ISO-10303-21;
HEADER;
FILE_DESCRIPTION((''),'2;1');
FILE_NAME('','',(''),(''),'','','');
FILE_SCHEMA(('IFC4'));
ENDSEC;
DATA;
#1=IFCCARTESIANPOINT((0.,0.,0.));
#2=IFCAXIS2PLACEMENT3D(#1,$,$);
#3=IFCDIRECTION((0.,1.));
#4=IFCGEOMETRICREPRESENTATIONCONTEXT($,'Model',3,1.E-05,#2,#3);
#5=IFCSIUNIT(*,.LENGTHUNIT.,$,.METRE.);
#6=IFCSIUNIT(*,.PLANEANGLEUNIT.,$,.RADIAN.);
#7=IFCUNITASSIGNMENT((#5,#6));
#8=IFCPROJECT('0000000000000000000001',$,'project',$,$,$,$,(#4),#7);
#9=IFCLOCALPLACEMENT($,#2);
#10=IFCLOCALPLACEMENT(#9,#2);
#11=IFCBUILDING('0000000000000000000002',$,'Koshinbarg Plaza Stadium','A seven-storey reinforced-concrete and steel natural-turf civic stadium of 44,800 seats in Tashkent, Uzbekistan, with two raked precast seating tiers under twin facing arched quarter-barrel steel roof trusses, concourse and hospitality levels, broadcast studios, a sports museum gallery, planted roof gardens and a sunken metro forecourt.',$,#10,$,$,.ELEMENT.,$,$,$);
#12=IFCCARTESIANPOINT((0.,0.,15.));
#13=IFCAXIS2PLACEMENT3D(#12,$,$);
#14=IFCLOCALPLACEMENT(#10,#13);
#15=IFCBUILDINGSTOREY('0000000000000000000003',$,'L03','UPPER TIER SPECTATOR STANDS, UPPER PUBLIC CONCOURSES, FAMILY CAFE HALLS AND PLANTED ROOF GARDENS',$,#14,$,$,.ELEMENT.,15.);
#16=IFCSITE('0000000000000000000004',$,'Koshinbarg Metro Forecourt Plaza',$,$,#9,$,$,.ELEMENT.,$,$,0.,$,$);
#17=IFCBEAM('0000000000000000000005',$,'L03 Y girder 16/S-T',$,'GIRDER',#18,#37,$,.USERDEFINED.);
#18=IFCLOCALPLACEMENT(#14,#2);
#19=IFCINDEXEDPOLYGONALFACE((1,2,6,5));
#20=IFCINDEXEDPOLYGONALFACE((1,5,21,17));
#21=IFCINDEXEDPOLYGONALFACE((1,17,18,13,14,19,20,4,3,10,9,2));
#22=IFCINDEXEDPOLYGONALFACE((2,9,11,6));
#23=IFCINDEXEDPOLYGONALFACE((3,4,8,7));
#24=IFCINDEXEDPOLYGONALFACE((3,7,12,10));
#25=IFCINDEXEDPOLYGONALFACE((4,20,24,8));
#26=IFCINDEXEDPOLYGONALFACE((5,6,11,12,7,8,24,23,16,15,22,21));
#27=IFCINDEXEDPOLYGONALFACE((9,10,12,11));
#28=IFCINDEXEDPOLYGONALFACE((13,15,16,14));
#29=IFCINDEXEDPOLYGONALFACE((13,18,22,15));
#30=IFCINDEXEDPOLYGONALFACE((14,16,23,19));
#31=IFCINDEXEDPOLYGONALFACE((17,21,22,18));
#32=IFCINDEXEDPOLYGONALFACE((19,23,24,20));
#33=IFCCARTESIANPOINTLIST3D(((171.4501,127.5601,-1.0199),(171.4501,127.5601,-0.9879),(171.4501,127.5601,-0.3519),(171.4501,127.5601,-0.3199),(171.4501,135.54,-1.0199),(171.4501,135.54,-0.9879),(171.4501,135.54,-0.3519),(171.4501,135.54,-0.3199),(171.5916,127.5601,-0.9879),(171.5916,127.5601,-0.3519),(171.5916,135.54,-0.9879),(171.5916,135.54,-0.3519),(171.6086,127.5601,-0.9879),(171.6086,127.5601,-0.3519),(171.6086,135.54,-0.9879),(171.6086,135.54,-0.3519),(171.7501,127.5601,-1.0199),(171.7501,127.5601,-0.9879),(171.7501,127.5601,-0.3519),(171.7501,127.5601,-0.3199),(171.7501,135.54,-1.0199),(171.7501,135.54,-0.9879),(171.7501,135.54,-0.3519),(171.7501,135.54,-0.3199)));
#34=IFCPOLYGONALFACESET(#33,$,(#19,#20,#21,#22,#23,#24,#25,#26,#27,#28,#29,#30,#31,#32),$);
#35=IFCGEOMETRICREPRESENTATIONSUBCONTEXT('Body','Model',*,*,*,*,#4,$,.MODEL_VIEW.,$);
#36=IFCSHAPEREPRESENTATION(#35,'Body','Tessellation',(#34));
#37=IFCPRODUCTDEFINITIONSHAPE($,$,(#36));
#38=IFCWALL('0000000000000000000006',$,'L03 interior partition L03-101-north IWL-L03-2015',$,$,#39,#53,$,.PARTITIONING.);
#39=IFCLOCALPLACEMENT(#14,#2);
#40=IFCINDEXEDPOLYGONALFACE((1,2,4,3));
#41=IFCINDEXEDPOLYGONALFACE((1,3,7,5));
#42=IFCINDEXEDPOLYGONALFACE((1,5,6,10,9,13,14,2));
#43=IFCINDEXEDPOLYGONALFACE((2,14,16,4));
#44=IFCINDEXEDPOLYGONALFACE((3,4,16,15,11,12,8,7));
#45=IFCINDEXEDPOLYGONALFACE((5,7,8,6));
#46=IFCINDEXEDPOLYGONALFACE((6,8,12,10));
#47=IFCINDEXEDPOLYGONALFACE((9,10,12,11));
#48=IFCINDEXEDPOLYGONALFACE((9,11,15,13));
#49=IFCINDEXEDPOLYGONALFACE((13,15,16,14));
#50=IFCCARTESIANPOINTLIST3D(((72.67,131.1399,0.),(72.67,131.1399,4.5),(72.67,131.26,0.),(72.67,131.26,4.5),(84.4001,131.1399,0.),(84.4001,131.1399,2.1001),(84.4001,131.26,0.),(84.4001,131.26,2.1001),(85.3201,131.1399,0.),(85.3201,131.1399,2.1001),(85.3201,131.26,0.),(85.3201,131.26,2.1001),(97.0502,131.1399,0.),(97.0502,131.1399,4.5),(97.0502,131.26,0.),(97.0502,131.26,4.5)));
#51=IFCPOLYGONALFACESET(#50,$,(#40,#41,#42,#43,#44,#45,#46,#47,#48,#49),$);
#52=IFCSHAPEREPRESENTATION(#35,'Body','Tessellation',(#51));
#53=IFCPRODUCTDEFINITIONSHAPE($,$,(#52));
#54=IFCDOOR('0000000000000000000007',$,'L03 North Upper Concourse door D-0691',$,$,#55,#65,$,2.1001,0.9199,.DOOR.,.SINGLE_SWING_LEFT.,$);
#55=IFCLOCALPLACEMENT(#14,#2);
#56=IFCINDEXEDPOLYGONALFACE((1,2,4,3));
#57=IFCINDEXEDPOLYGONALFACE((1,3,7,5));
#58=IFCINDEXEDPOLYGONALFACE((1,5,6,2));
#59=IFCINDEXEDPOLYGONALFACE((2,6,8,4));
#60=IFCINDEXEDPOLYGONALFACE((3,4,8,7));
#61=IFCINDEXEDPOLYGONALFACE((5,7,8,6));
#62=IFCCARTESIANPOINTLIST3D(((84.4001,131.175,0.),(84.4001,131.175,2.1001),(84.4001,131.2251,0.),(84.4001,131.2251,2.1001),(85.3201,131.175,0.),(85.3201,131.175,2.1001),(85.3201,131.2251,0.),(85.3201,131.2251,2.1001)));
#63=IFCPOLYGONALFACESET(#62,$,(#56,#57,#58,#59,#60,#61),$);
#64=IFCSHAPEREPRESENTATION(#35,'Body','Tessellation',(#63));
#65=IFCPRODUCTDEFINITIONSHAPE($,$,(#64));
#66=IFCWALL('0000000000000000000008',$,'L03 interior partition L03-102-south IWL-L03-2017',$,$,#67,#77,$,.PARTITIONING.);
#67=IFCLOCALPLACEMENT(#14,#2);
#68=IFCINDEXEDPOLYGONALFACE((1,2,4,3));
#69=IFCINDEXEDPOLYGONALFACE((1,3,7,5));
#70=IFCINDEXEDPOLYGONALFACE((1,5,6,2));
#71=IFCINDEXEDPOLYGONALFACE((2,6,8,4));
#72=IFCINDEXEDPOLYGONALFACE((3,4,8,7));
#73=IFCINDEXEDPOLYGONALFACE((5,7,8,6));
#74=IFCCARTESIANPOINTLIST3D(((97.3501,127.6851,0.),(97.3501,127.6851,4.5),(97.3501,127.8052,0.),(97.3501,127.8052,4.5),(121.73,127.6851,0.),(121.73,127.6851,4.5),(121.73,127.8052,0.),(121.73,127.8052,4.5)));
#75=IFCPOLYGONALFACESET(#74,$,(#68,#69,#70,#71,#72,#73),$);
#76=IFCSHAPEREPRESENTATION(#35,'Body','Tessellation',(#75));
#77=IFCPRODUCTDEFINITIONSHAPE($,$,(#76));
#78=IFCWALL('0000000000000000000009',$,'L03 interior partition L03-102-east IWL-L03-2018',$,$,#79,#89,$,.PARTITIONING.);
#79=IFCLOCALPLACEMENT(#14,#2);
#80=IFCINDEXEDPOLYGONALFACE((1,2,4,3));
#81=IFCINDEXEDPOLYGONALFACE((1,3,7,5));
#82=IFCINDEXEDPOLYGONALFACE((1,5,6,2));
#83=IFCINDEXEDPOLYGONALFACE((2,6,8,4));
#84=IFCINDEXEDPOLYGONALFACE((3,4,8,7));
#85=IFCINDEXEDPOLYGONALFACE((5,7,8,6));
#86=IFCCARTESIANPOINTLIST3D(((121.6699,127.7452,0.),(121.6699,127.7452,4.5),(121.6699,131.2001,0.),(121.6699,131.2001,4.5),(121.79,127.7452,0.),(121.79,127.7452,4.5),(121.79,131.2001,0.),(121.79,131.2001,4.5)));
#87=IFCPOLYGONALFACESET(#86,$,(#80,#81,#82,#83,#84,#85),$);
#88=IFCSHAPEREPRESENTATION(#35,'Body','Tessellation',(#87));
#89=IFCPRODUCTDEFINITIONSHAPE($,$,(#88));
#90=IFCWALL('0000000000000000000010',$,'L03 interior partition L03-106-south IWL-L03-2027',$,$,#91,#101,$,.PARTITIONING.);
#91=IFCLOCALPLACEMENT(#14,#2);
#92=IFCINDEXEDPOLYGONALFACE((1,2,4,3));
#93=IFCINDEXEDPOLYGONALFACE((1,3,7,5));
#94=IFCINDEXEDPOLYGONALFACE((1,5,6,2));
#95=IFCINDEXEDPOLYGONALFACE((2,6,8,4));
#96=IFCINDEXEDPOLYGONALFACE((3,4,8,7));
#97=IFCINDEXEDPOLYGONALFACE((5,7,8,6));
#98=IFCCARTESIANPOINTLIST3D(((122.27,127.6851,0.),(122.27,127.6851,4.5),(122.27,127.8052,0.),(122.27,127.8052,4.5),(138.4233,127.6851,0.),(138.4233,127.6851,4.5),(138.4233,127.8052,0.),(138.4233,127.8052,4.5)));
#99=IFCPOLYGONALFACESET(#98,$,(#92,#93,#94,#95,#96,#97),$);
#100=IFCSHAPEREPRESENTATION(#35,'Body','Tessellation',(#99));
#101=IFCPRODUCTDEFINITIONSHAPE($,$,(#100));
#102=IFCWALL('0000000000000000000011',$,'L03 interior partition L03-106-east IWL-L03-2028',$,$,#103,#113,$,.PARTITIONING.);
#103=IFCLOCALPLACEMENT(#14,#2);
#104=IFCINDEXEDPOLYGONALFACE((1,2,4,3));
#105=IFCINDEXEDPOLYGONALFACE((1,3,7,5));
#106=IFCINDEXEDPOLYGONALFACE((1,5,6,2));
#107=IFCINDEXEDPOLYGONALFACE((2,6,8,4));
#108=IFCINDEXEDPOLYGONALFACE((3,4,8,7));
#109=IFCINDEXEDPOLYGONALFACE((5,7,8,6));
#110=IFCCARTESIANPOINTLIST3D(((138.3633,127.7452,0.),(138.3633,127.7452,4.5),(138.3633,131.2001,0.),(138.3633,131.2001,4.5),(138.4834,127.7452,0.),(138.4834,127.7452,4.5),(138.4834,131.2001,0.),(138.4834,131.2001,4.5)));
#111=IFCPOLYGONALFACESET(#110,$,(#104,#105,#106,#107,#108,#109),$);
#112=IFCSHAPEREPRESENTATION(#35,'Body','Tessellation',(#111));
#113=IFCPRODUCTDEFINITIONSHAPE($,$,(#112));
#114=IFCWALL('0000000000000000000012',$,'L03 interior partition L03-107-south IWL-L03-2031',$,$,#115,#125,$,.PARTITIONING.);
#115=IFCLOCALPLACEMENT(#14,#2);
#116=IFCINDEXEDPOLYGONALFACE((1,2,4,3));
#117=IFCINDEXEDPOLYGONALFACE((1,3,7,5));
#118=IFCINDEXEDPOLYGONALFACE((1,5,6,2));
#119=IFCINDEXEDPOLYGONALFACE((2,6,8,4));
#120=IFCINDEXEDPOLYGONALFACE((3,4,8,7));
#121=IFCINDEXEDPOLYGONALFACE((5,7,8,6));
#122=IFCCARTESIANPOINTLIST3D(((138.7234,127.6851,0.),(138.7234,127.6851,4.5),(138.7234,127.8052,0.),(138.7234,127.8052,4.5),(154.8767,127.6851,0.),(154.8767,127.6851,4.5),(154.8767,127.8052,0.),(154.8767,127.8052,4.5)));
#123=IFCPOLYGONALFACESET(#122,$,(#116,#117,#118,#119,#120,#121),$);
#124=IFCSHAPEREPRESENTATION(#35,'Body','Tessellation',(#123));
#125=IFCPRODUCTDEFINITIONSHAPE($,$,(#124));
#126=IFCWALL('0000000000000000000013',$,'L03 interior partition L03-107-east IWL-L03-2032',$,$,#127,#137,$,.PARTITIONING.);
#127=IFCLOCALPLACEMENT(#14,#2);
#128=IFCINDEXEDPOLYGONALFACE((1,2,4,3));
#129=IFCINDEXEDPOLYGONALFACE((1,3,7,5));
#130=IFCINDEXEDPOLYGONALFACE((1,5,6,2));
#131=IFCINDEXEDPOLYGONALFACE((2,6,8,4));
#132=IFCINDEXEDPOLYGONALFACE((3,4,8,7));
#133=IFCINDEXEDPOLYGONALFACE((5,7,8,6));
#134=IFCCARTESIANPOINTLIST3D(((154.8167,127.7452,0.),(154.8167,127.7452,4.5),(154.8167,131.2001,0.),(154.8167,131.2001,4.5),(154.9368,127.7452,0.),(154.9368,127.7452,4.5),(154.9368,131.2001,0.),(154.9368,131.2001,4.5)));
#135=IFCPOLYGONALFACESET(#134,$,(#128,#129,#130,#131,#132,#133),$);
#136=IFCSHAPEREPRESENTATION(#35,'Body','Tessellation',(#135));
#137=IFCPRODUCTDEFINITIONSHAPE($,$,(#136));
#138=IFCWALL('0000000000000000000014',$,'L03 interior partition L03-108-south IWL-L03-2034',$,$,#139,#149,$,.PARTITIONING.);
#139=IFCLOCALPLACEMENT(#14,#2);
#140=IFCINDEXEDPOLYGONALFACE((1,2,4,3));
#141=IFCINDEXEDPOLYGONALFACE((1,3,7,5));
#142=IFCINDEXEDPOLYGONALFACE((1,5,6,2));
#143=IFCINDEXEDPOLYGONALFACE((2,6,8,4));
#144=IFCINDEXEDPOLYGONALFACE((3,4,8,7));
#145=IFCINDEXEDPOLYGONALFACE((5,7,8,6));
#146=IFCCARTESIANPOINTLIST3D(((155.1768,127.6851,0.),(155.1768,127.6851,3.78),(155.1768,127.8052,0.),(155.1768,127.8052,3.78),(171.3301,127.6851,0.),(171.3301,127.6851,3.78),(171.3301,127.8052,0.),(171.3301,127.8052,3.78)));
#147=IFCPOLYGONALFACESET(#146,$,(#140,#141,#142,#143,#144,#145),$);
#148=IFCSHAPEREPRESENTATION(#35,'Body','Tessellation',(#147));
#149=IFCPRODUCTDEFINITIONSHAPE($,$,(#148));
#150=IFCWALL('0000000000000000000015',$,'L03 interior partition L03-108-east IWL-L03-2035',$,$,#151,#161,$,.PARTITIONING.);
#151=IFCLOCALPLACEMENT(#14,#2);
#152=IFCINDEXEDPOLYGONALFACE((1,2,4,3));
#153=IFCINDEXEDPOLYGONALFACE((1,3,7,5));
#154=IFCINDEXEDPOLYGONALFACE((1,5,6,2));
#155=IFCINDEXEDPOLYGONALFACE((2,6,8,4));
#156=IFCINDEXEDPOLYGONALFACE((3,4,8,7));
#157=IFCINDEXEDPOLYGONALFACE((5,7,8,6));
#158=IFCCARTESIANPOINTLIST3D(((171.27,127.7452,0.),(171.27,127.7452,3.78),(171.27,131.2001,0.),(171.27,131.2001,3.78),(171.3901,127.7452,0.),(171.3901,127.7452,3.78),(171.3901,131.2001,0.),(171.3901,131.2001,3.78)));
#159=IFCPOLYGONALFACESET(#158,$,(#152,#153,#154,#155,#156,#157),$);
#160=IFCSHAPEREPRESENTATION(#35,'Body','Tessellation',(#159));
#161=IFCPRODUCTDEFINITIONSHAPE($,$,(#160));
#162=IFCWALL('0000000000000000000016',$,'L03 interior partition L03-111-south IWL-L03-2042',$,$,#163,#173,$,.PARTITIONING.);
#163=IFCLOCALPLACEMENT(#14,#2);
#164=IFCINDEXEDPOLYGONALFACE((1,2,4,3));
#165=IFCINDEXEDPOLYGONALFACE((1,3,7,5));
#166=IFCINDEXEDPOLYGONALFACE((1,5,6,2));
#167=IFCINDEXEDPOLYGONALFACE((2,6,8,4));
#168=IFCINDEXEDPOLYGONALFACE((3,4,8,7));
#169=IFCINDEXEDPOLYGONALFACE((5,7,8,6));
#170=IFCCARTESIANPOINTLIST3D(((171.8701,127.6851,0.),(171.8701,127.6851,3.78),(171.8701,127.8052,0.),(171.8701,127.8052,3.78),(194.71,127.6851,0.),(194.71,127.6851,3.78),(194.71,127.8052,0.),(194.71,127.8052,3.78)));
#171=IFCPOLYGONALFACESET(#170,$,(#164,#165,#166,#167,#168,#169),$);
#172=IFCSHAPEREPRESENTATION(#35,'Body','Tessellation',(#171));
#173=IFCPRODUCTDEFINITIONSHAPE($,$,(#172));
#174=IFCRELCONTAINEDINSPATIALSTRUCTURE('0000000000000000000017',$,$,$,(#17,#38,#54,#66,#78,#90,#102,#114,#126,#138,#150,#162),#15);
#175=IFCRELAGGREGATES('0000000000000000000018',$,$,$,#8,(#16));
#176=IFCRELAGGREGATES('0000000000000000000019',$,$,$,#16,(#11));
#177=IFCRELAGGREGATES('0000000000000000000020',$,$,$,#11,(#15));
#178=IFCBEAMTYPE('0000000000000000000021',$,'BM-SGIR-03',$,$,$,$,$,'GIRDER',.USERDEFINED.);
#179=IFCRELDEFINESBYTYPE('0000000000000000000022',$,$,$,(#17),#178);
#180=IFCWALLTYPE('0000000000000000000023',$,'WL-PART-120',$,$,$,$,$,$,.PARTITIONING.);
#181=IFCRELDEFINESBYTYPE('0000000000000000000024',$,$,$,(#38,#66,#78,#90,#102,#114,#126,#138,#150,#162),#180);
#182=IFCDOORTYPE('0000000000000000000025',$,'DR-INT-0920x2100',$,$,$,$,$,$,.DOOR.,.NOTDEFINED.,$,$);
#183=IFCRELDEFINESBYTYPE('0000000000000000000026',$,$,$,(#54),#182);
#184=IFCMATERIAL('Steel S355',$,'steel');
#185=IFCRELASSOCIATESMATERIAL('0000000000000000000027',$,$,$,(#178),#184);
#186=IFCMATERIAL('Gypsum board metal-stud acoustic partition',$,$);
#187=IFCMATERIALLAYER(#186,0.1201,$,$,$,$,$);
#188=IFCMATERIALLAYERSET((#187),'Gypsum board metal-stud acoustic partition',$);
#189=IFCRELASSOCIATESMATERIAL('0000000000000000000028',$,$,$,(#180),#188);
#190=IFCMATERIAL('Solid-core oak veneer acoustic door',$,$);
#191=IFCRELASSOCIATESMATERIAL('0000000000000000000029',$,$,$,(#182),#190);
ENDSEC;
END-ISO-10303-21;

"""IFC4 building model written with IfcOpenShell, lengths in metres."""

from ifc_helpers import new_model, si_unit, direction, frame, frame_2d, origin, origin_2d, place, context, subcontext, project, spatial, rectangle, i_section, extrude, material, layer, layer_set, material_profile, profile_set, type_object, element, fill, save


model = new_model("IFC4")

# Units and contexts
model_context = context("Model", 3, precision=1e-05, world=origin(), true_north=direction((0.0, 1.0)))
body_context = subcontext(model_context, "Body", "Model", "MODEL_VIEW")
ifc_project = project(units=[si_unit("LENGTHUNIT", "METRE"), si_unit("PLANEANGLEUNIT", "RADIAN")], contexts=[model_context])

# Site, building, storey
site_placement = place(None, origin())
site = spatial("IfcSite", under=ifc_project, at=site_placement, Name="Koshinbarg Metro Forecourt Plaza", CompositionType="ELEMENT", RefElevation=0.0)
building_placement = place(site_placement, origin())
building = spatial("IfcBuilding", under=site, at=building_placement, Name="Koshinbarg Plaza Stadium", Description="A seven-storey reinforced-concrete and steel natural-turf civic stadium of 44,800 seats in Tashkent, Uzbekistan, with two raked precast seating tiers under twin facing arched quarter-barrel steel roof trusses, concourse and hospitality levels, broadcast studios, a sports museum gallery, planted roof gardens and a sunken metro forecourt.", CompositionType="ELEMENT")
storey_placement = place(building_placement, frame((0.0, 0.0, 15.0)))
storey = spatial("IfcBuildingStorey", under=building, at=storey_placement, Name="L03", Description="UPPER TIER SPECTATOR STANDS, UPPER PUBLIC CONCOURSES, FAMILY CAFE HALLS AND PLANTED ROOF GARDENS", CompositionType="ELEMENT", Elevation=15.0)

# Beam
ifc_material_1 = material(Name="Steel S355", Category="steel")
ifc_material_profile_1 = material_profile(ifc_material_1, i_section(OverallWidth=0.3, OverallDepth=0.7, WebThickness=0.0171, FlangeThickness=0.032, at=origin_2d()), Name="HEB 700")
ifc_profile_set_1 = profile_set([ifc_material_profile_1], Name="Steel S355")
beam_type_1 = type_object("IfcBeamType", Name="BM-SGIR-03", ElementType="GIRDER", PredefinedType="USERDEFINED", material=ifc_profile_set_1)
beam_1_placement = place(storey_placement, frame((171.6001, 127.5601, -0.6699), z_axis=(0.0, 1.0, 0.0), x_axis=(-1.0, 0.0, 0.0)))
element("IfcBeam", 1, at=beam_1_placement, inside=storey, type_object=beam_type_1, Name="L03 Y girder 16/S-T", ObjectType="GIRDER", PredefinedType="USERDEFINED", context=body_context, shape_type="SweptSolid", body=[
    extrude(i_section(OverallWidth=0.3, OverallDepth=0.7, WebThickness=0.0171, FlangeThickness=0.032, at=origin_2d()), origin(), (0.0, 0.0, 1.0), 7.98),
])

# Wall, opening, door
ifc_material_2 = material(Name="Gypsum board metal-stud acoustic partition")
ifc_layer = layer(ifc_material_2, 0.1201)
ifc_layer_set = layer_set([ifc_layer], Name="Gypsum board metal-stud acoustic partition")
wall_type = type_object("IfcWallType", Name="WL-PART-120", PredefinedType="PARTITIONING", material=ifc_layer_set)
wall_1_placement = place(storey_placement, frame((97.05, 131.2, 0.0), z_axis=(0.0, 0.0, 1.0), x_axis=(-1.0, 0.0, 0.0)))
wall_1 = element("IfcWall", 2, at=wall_1_placement, inside=storey, type_object=wall_type, Name="L03 interior partition L03-101-north IWL-L03-2015", PredefinedType="PARTITIONING", context=body_context, shape_type="SweptSolid", body=[
    extrude(rectangle(XDim=24.3801, YDim=0.1201, at=frame_2d((12.1899, 0.0))), origin(), (0.0, 0.0, 1.0), 4.5),
])
opening_placement = place(wall_1_placement, frame((11.73, 0.0, 0.0)))
opening = element("IfcOpeningElement", 3, at=opening_placement, cuts=wall_1, PredefinedType="OPENING", context=body_context, shape_type="SweptSolid", body=[
    extrude(rectangle(XDim=0.9199, YDim=2.1001, at=frame_2d((0.46, 1.05))), frame((0.0, 0.0701, 0.0), z_axis=(0.0, -1.0, 0.0), x_axis=(1.0, 0.0, 0.0)), (0.0, 0.0, 1.0), 0.1401),
])
ifc_material_3 = material(Name="Solid-core oak veneer acoustic door")
door_type = type_object("IfcDoorType", Name="DR-INT-0920x2100", OperationType="NOTDEFINED", PredefinedType="DOOR", material=ifc_material_3)
door_placement = place(opening_placement, origin())
door = element("IfcDoor", 4, at=door_placement, inside=storey, type_object=door_type, Name="L03 North Upper Concourse door D-0691", OperationType="SINGLE_SWING_LEFT", OverallHeight=2.1001, OverallWidth=0.9199, PredefinedType="DOOR", context=body_context, shape_type="SweptSolid", body=[
    extrude(rectangle(XDim=0.9199, YDim=2.1001, at=frame_2d((0.46, 1.05))), frame((0.0, 0.0249, 0.0), z_axis=(0.0, -1.0, 0.0), x_axis=(1.0, 0.0, 0.0)), (0.0, 0.0, 1.0), 0.05),
])
fill(opening, door)

# Walls
wall_2_placement = place(storey_placement, frame((97.3501, 127.7451, 0.0), z_axis=(0.0, 0.0, 1.0), x_axis=(1.0, 0.0, 0.0)))
element("IfcWall", 5, at=wall_2_placement, inside=storey, type_object=wall_type, Name="L03 interior partition L03-102-south IWL-L03-2017", PredefinedType="PARTITIONING", context=body_context, shape_type="SweptSolid", body=[
    extrude(rectangle(XDim=24.3799, YDim=0.1201, at=frame_2d((12.1899, 0.0))), origin(), (0.0, 0.0, 1.0), 4.5),
])
wall_3_placement = place(storey_placement, frame((121.73, 127.7451, 0.0), z_axis=(0.0, 0.0, 1.0), x_axis=(0.0, 1.0, 0.0)))
element("IfcWall", 6, at=wall_3_placement, inside=storey, type_object=wall_type, Name="L03 interior partition L03-102-east IWL-L03-2018", PredefinedType="PARTITIONING", context=body_context, shape_type="SweptSolid", body=[
    extrude(rectangle(XDim=3.4548, YDim=0.1201, at=frame_2d((1.7275, 0.0))), origin(), (0.0, 0.0, 1.0), 4.5),
])
wall_4_placement = place(storey_placement, frame((122.27, 127.7451, 0.0), z_axis=(0.0, 0.0, 1.0), x_axis=(1.0, 0.0, 0.0)))
element("IfcWall", 7, at=wall_4_placement, inside=storey, type_object=wall_type, Name="L03 interior partition L03-106-south IWL-L03-2027", PredefinedType="PARTITIONING", context=body_context, shape_type="SweptSolid", body=[
    extrude(rectangle(XDim=16.1533, YDim=0.1201, at=frame_2d((8.0767, 0.0))), origin(), (0.0, 0.0, 1.0), 4.5),
])
wall_5_placement = place(storey_placement, frame((138.4233, 127.7451, 0.0), z_axis=(0.0, 0.0, 1.0), x_axis=(0.0, 1.0, 0.0)))
element("IfcWall", 8, at=wall_5_placement, inside=storey, type_object=wall_type, Name="L03 interior partition L03-106-east IWL-L03-2028", PredefinedType="PARTITIONING", context=body_context, shape_type="SweptSolid", body=[
    extrude(rectangle(XDim=3.4548, YDim=0.1201, at=frame_2d((1.7275, 0.0))), origin(), (0.0, 0.0, 1.0), 4.5),
])
wall_6_placement = place(storey_placement, frame((138.7234, 127.7451, 0.0), z_axis=(0.0, 0.0, 1.0), x_axis=(1.0, 0.0, 0.0)))
element("IfcWall", 9, at=wall_6_placement, inside=storey, type_object=wall_type, Name="L03 interior partition L03-107-south IWL-L03-2031", PredefinedType="PARTITIONING", context=body_context, shape_type="SweptSolid", body=[
    extrude(rectangle(XDim=16.1533, YDim=0.1201, at=frame_2d((8.0767, 0.0))), origin(), (0.0, 0.0, 1.0), 4.5),
])
wall_7_placement = place(storey_placement, frame((154.8767, 127.7451, 0.0), z_axis=(0.0, 0.0, 1.0), x_axis=(0.0, 1.0, 0.0)))
element("IfcWall", 10, at=wall_7_placement, inside=storey, type_object=wall_type, Name="L03 interior partition L03-107-east IWL-L03-2032", PredefinedType="PARTITIONING", context=body_context, shape_type="SweptSolid", body=[
    extrude(rectangle(XDim=3.4548, YDim=0.1201, at=frame_2d((1.7275, 0.0))), origin(), (0.0, 0.0, 1.0), 4.5),
])
wall_8_placement = place(storey_placement, frame((155.1768, 127.7451, 0.0), z_axis=(0.0, 0.0, 1.0), x_axis=(1.0, 0.0, 0.0)))
element("IfcWall", 11, at=wall_8_placement, inside=storey, type_object=wall_type, Name="L03 interior partition L03-108-south IWL-L03-2034", PredefinedType="PARTITIONING", context=body_context, shape_type="SweptSolid", body=[
    extrude(rectangle(XDim=16.1533, YDim=0.1201, at=frame_2d((8.0767, 0.0))), origin(), (0.0, 0.0, 1.0), 3.78),
])
wall_9_placement = place(storey_placement, frame((171.3301, 127.7451, 0.0), z_axis=(0.0, 0.0, 1.0), x_axis=(0.0, 1.0, 0.0)))
element("IfcWall", 12, at=wall_9_placement, inside=storey, type_object=wall_type, Name="L03 interior partition L03-108-east IWL-L03-2035", PredefinedType="PARTITIONING", context=body_context, shape_type="SweptSolid", body=[
    extrude(rectangle(XDim=3.4548, YDim=0.1201, at=frame_2d((1.7275, 0.0))), origin(), (0.0, 0.0, 1.0), 3.78),
])
wall_10_placement = place(storey_placement, frame((171.8701, 127.7451, 0.0), z_axis=(0.0, 0.0, 1.0), x_axis=(1.0, 0.0, 0.0)))
element("IfcWall", 13, at=wall_10_placement, inside=storey, type_object=wall_type, Name="L03 interior partition L03-111-south IWL-L03-2042", PredefinedType="PARTITIONING", context=body_context, shape_type="SweptSolid", body=[
    extrude(rectangle(XDim=22.8398, YDim=0.1201, at=frame_2d((11.4199, 0.0))), origin(), (0.0, 0.0, 1.0), 3.78),
])

save(model, "model.ifc")
